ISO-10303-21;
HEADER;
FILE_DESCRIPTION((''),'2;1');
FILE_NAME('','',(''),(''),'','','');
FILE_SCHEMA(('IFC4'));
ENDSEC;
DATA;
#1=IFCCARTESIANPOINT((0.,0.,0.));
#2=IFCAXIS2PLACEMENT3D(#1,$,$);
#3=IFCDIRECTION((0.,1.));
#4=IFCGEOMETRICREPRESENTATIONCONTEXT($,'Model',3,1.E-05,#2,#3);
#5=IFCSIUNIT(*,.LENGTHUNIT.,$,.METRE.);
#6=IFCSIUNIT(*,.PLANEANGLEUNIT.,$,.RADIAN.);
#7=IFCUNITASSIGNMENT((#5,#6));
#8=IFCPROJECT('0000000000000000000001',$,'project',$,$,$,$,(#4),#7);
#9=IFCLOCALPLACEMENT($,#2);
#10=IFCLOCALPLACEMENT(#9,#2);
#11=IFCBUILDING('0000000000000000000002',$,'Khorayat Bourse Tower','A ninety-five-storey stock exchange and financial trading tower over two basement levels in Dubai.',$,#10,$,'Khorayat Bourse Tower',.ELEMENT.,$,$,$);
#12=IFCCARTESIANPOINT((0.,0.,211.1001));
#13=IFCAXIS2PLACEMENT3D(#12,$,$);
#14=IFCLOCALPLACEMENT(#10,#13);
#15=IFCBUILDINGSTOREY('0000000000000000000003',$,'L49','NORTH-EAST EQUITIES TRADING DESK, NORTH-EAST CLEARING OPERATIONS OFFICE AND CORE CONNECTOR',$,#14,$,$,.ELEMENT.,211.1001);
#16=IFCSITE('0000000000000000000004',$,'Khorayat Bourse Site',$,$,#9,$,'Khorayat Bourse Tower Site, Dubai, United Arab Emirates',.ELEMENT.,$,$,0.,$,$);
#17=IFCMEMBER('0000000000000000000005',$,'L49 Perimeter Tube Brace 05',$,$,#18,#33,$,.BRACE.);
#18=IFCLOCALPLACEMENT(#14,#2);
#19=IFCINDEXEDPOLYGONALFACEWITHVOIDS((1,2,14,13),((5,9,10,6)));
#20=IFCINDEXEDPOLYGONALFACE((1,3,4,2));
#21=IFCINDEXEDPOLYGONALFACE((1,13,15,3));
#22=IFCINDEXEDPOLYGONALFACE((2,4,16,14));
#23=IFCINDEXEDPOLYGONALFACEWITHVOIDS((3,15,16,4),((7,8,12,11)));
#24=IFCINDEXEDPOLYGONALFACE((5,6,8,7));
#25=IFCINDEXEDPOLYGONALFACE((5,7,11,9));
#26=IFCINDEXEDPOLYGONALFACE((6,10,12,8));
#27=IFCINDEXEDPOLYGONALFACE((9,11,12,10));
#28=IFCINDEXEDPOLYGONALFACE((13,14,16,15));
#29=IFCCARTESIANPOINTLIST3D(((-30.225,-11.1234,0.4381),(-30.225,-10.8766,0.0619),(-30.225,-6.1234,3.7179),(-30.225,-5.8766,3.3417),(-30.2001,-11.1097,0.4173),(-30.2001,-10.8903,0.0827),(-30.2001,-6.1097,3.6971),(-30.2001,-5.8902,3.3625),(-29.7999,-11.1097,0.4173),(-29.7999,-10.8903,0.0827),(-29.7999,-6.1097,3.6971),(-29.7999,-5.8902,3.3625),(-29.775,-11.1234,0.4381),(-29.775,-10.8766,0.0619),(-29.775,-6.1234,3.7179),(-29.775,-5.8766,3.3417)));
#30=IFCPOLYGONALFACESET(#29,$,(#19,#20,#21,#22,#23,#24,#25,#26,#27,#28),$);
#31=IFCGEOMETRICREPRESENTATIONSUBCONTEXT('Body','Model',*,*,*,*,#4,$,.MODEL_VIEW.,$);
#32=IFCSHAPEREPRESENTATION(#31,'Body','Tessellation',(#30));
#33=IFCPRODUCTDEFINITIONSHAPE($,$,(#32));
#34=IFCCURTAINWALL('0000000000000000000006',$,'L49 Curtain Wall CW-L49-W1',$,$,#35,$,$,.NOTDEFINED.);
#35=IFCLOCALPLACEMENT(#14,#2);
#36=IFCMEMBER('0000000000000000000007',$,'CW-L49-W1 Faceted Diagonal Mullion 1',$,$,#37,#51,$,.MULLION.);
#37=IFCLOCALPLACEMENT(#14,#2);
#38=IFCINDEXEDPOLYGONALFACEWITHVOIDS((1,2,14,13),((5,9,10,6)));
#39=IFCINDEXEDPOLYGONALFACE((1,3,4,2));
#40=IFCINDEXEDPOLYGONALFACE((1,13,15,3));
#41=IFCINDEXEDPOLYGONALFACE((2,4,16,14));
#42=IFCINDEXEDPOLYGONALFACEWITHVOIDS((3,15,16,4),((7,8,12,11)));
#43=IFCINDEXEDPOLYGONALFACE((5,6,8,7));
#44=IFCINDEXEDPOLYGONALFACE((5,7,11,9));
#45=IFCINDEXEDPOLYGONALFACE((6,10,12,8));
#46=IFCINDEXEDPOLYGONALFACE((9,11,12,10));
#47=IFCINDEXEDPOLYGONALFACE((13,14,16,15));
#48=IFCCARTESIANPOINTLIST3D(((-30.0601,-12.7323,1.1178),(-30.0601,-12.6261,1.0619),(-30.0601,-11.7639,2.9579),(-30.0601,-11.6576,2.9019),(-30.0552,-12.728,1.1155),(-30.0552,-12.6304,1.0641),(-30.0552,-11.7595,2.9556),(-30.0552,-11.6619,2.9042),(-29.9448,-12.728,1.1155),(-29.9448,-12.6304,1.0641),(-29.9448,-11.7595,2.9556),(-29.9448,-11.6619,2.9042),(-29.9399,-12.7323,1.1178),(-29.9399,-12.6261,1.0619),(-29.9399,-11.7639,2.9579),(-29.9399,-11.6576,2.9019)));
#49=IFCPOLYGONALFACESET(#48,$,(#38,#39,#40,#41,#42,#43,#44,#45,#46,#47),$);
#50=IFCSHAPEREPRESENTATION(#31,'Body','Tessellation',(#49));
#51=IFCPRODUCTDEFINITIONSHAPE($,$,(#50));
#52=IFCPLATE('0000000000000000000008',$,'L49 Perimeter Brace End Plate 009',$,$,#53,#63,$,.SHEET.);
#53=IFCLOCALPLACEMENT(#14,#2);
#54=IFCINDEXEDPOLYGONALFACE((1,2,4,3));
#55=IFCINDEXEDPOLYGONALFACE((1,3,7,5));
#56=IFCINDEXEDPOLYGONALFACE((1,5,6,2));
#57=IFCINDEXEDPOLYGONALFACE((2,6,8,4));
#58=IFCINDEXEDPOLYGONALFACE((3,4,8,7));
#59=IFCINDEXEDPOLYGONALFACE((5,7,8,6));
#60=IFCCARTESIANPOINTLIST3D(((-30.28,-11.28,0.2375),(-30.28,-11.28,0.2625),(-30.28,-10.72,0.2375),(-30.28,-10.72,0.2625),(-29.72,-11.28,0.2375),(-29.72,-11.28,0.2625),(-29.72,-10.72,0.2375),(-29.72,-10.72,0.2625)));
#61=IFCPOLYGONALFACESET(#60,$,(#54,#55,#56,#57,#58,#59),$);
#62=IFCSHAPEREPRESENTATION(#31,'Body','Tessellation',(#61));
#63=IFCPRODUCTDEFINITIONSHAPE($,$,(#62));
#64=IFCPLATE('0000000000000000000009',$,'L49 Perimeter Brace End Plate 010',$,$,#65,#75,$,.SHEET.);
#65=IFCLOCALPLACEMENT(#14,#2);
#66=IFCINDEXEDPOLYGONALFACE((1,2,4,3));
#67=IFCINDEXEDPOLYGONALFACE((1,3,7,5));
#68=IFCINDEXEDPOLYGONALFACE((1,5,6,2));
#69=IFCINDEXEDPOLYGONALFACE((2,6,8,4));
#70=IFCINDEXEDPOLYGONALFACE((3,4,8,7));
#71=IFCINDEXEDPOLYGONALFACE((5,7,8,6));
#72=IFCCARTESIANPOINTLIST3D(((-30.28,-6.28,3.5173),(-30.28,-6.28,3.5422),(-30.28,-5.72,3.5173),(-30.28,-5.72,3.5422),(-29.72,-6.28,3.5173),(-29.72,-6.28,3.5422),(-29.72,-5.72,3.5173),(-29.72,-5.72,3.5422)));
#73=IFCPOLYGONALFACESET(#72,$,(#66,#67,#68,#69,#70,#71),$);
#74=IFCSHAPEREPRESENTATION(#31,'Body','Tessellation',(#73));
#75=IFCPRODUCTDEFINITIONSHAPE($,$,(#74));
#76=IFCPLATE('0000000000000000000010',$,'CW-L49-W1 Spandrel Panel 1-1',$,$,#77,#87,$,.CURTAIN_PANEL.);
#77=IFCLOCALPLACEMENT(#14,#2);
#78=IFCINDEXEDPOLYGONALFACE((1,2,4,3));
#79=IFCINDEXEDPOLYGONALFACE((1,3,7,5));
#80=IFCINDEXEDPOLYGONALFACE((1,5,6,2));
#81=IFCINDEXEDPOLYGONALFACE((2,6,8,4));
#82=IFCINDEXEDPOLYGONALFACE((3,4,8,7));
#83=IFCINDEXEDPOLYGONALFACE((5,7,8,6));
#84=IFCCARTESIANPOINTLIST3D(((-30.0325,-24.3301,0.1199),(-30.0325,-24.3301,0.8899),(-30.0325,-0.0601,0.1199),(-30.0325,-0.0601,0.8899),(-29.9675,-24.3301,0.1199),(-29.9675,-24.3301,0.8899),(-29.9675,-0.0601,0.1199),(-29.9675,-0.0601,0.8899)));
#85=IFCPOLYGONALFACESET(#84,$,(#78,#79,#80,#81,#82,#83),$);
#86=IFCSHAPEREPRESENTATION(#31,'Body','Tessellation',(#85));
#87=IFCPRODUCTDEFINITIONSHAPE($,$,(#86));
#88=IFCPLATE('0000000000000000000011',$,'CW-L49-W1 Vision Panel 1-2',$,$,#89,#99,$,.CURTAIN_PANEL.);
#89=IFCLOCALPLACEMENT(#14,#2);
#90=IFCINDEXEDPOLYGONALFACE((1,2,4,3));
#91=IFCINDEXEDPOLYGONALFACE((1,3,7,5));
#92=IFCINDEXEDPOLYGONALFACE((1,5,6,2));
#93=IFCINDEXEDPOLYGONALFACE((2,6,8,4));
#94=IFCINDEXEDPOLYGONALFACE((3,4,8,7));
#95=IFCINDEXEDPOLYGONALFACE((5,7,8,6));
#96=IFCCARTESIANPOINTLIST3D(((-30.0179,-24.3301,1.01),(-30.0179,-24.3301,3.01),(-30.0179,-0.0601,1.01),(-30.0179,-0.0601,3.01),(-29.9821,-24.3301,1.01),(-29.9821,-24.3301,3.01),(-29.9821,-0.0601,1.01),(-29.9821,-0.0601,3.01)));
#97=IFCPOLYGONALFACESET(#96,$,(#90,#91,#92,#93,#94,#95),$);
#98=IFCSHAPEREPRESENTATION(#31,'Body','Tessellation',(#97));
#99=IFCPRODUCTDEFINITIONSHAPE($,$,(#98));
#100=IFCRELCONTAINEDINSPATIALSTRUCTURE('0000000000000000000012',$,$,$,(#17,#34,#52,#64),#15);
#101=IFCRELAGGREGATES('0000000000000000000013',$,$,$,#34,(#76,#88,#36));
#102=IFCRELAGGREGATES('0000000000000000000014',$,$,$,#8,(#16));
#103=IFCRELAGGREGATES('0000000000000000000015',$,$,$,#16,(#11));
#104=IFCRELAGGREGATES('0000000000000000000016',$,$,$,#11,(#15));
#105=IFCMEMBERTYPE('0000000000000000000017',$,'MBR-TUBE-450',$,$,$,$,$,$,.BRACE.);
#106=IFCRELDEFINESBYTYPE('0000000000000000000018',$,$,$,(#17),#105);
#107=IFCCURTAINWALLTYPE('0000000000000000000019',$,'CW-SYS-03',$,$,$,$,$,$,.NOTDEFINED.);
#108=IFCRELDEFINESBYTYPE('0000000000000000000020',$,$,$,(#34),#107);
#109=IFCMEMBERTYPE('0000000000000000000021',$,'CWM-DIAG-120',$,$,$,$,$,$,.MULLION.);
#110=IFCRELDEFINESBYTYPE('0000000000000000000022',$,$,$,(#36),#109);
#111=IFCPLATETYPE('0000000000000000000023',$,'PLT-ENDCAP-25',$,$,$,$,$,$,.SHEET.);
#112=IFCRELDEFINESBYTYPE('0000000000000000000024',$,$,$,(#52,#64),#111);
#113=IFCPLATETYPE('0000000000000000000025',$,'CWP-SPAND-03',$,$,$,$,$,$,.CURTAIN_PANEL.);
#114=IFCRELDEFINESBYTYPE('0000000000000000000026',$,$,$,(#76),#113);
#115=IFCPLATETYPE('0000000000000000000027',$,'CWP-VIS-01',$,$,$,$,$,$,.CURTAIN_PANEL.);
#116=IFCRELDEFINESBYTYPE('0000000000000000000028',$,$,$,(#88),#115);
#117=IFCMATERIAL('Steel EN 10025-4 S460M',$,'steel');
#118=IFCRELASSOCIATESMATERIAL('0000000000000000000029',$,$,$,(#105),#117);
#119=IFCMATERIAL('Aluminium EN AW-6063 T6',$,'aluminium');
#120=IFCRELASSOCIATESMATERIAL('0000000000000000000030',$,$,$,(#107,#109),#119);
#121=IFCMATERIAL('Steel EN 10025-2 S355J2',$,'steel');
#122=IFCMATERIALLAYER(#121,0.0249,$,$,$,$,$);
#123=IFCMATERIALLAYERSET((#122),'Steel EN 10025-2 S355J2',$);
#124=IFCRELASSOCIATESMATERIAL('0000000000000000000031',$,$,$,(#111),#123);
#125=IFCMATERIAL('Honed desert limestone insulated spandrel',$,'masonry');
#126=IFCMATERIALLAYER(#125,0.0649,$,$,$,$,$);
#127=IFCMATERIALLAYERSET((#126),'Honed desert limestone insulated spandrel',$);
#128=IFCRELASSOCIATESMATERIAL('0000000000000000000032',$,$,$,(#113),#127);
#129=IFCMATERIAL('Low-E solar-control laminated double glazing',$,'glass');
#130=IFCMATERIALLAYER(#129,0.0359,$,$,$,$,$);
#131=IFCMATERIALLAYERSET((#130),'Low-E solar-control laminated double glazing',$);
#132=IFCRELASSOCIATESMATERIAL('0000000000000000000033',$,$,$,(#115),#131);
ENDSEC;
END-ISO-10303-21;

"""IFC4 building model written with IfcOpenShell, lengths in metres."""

from ifc_helpers import new_model, si_unit, direction, frame, origin, origin_2d, place, context, subcontext, project, spatial, rectangle, hollow_rectangle, extrude, source, transform, mapped, material, layer, layer_set, material_profile, profile_set, type_object, element, aggregate, save


model = new_model("IFC4")

# Units and contexts
model_context = context("Model", 3, precision=1e-05, world=origin(), true_north=direction((0.0, 1.0)))
body_context = subcontext(model_context, "Body", "Model", "MODEL_VIEW")
ifc_project = project(units=[si_unit("LENGTHUNIT", "METRE"), si_unit("PLANEANGLEUNIT", "RADIAN")], contexts=[model_context])

# Site, building, storey
site_placement = place(None, origin())
site = spatial("IfcSite", under=ifc_project, at=site_placement, Name="Khorayat Bourse Site", LongName="Khorayat Bourse Tower Site, Dubai, United Arab Emirates", CompositionType="ELEMENT", RefElevation=0.0)
building_placement = place(site_placement, origin())
building = spatial("IfcBuilding", under=site, at=building_placement, Name="Khorayat Bourse Tower", Description="A ninety-five-storey stock exchange and financial trading tower over two basement levels in Dubai.", LongName="Khorayat Bourse Tower", CompositionType="ELEMENT")
storey_placement = place(building_placement, frame((0.0, 0.0, 211.1001)))
storey = spatial("IfcBuildingStorey", under=building, at=storey_placement, Name="L49", Description="NORTH-EAST EQUITIES TRADING DESK, NORTH-EAST CLEARING OPERATIONS OFFICE AND CORE CONNECTOR", CompositionType="ELEMENT", Elevation=211.1001)

# Shared definitions
ifc_material_1 = material(Name="Steel EN 10025-4 S460M", Category="steel")

# Member
ifc_material_profile_1 = material_profile(ifc_material_1, hollow_rectangle(XDim=0.45, YDim=0.45, WallThickness=0.0249, at=origin_2d()), Name="HSS 450x450x25")
ifc_profile_set_1 = profile_set([ifc_material_profile_1], Name="Steel EN 10025-4 S460M")
member_type_1 = type_object("IfcMemberType", Name="MBR-TUBE-450", PredefinedType="BRACE", material=ifc_profile_set_1)
shared_shape_1 = source(origin(), body_context, "Body", "SweptSolid", [
    extrude(hollow_rectangle(XDim=0.45, YDim=0.45, WallThickness=0.0249, at=origin_2d()), origin(), (0.0, 0.0, 1.0), 5.9797),
])
member_1_placement = place(storey_placement, frame((-30.0, -11.0, 0.25), z_axis=(0.0, 0.83616, 0.548485), x_axis=(-1.0, 0.0, 0.0)))
element("IfcMember", 1, at=member_1_placement, inside=storey, type_object=member_type_1, Name="L49 Perimeter Tube Brace 05", PredefinedType="BRACE", context=body_context, shape_type="MappedRepresentation", body=[
    mapped(shared_shape_1, transform((0.0, 0.0, 0.0), scale=1.0)),
])

# Curtain wall, member
ifc_material_2 = material(Name="Aluminium EN AW-6063 T6", Category="aluminium")
curtain_wall_type = type_object("IfcCurtainWallType", Name="CW-SYS-03", PredefinedType="NOTDEFINED", material=ifc_material_2)
curtain_wall_placement = place(storey_placement, origin())
curtain_wall = element("IfcCurtainWall", 2, at=curtain_wall_placement, inside=storey, type_object=curtain_wall_type, Name="L49 Curtain Wall CW-L49-W1", PredefinedType="NOTDEFINED")
ifc_material_profile_2 = material_profile(ifc_material_2, hollow_rectangle(XDim=0.1201, YDim=0.1201, WallThickness=0.0049, at=origin_2d()), Name="ALU 120x120x5")
ifc_profile_set_2 = profile_set([ifc_material_profile_2], Name="Aluminium EN AW-6063 T6")
member_type_2 = type_object("IfcMemberType", Name="CWM-DIAG-120", PredefinedType="MULLION", material=ifc_profile_set_2)
shared_shape_2 = source(origin(), body_context, "Body", "SweptSolid", [
    extrude(hollow_rectangle(XDim=0.1201, YDim=0.1201, WallThickness=0.0049, at=origin_2d()), origin(), (0.0, 0.0, 1.0), 2.0793),
])
member_2_placement = place(storey_placement, frame((-30.0, -12.6792, 1.0898), z_axis=(0.0, 0.465761, 0.884911), x_axis=(-1.0, 0.0, 0.0)))
member_2 = element("IfcMember", 3, at=member_2_placement, type_object=member_type_2, Name="CW-L49-W1 Faceted Diagonal Mullion 1", PredefinedType="MULLION", context=body_context, shape_type="MappedRepresentation", body=[
    mapped(shared_shape_2, transform((0.0, 0.0, 0.0), scale=1.0)),
])

# Plates
ifc_material_3 = material(Name="Steel EN 10025-2 S355J2", Category="steel")
ifc_layer_1 = layer(ifc_material_3, 0.0249)
ifc_layer_set_1 = layer_set([ifc_layer_1], Name="Steel EN 10025-2 S355J2")
plate_type_1 = type_object("IfcPlateType", Name="PLT-ENDCAP-25", PredefinedType="SHEET", material=ifc_layer_set_1)
shared_shape_3 = source(origin(), body_context, "Body", "SweptSolid", [
    extrude(rectangle(XDim=0.5601, YDim=0.5601, at=origin_2d()), origin(), (0.0, 0.0, 1.0), 0.0249),
])
for number, where, z_axis, x_axis, name in (
    (4, (-30.0, -11.0, 0.2375), (0.0, 0.0, 1.0), (1.0, 0.0, 0.0), "L49 Perimeter Brace End Plate 009"),
    (5, (-30.0, -6.0, 3.5173), (0.0, 0.0, 1.0), (1.0, 0.0, 0.0), "L49 Perimeter Brace End Plate 010"),
):
    element("IfcPlate", number, at=place(storey_placement, frame(where, z_axis=z_axis, x_axis=x_axis)), inside=storey, type_object=plate_type_1, Name=name, PredefinedType="SHEET", context=body_context, shape_type="MappedRepresentation", body=[
        mapped(shared_shape_3, transform((0.0, 0.0, 0.0), scale=1.0)),
    ])

# Plates
ifc_material_4 = material(Name="Honed desert limestone insulated spandrel", Category="masonry")
ifc_layer_2 = layer(ifc_material_4, 0.0649)
ifc_layer_set_2 = layer_set([ifc_layer_2], Name="Honed desert limestone insulated spandrel")
plate_type_2 = type_object("IfcPlateType", Name="CWP-SPAND-03", PredefinedType="CURTAIN_PANEL", material=ifc_layer_set_2)
shared_shape_4 = source(origin(), body_context, "Body", "SweptSolid", [
    extrude(rectangle(XDim=24.27, YDim=0.0649, at=origin_2d()), origin(), (0.0, 0.0, 1.0), 0.77),
])
plate_1_placement = place(storey_placement, frame((-30.0, -12.1951, 0.1199), z_axis=(0.0, 0.0, 1.0), x_axis=(0.0, 1.0, 0.0)))
plate_1 = element("IfcPlate", 6, at=plate_1_placement, type_object=plate_type_2, Name="CW-L49-W1 Spandrel Panel 1-1", PredefinedType="CURTAIN_PANEL", context=body_context, shape_type="MappedRepresentation", body=[
    mapped(shared_shape_4, transform((0.0, 0.0, 0.0), scale=1.0)),
])
ifc_material_5 = material(Name="Low-E solar-control laminated double glazing", Category="glass")
ifc_layer_3 = layer(ifc_material_5, 0.0359)
ifc_layer_set_3 = layer_set([ifc_layer_3], Name="Low-E solar-control laminated double glazing")
plate_type_3 = type_object("IfcPlateType", Name="CWP-VIS-01", PredefinedType="CURTAIN_PANEL", material=ifc_layer_set_3)
shared_shape_5 = source(origin(), body_context, "Body", "SweptSolid", [
    extrude(rectangle(XDim=24.27, YDim=0.0359, at=origin_2d()), origin(), (0.0, 0.0, 1.0), 2.0),
])
plate_2_placement = place(storey_placement, frame((-30.0, -12.1951, 1.01), z_axis=(0.0, 0.0, 1.0), x_axis=(0.0, 1.0, 0.0)))
plate_2 = element("IfcPlate", 7, at=plate_2_placement, type_object=plate_type_3, Name="CW-L49-W1 Vision Panel 1-2", PredefinedType="CURTAIN_PANEL", context=body_context, shape_type="MappedRepresentation", body=[
    mapped(shared_shape_5, transform((0.0, 0.0, 0.0), scale=1.0)),
])
aggregate(curtain_wall, [plate_1, plate_2, member_2])

save(model, "model.ifc")
